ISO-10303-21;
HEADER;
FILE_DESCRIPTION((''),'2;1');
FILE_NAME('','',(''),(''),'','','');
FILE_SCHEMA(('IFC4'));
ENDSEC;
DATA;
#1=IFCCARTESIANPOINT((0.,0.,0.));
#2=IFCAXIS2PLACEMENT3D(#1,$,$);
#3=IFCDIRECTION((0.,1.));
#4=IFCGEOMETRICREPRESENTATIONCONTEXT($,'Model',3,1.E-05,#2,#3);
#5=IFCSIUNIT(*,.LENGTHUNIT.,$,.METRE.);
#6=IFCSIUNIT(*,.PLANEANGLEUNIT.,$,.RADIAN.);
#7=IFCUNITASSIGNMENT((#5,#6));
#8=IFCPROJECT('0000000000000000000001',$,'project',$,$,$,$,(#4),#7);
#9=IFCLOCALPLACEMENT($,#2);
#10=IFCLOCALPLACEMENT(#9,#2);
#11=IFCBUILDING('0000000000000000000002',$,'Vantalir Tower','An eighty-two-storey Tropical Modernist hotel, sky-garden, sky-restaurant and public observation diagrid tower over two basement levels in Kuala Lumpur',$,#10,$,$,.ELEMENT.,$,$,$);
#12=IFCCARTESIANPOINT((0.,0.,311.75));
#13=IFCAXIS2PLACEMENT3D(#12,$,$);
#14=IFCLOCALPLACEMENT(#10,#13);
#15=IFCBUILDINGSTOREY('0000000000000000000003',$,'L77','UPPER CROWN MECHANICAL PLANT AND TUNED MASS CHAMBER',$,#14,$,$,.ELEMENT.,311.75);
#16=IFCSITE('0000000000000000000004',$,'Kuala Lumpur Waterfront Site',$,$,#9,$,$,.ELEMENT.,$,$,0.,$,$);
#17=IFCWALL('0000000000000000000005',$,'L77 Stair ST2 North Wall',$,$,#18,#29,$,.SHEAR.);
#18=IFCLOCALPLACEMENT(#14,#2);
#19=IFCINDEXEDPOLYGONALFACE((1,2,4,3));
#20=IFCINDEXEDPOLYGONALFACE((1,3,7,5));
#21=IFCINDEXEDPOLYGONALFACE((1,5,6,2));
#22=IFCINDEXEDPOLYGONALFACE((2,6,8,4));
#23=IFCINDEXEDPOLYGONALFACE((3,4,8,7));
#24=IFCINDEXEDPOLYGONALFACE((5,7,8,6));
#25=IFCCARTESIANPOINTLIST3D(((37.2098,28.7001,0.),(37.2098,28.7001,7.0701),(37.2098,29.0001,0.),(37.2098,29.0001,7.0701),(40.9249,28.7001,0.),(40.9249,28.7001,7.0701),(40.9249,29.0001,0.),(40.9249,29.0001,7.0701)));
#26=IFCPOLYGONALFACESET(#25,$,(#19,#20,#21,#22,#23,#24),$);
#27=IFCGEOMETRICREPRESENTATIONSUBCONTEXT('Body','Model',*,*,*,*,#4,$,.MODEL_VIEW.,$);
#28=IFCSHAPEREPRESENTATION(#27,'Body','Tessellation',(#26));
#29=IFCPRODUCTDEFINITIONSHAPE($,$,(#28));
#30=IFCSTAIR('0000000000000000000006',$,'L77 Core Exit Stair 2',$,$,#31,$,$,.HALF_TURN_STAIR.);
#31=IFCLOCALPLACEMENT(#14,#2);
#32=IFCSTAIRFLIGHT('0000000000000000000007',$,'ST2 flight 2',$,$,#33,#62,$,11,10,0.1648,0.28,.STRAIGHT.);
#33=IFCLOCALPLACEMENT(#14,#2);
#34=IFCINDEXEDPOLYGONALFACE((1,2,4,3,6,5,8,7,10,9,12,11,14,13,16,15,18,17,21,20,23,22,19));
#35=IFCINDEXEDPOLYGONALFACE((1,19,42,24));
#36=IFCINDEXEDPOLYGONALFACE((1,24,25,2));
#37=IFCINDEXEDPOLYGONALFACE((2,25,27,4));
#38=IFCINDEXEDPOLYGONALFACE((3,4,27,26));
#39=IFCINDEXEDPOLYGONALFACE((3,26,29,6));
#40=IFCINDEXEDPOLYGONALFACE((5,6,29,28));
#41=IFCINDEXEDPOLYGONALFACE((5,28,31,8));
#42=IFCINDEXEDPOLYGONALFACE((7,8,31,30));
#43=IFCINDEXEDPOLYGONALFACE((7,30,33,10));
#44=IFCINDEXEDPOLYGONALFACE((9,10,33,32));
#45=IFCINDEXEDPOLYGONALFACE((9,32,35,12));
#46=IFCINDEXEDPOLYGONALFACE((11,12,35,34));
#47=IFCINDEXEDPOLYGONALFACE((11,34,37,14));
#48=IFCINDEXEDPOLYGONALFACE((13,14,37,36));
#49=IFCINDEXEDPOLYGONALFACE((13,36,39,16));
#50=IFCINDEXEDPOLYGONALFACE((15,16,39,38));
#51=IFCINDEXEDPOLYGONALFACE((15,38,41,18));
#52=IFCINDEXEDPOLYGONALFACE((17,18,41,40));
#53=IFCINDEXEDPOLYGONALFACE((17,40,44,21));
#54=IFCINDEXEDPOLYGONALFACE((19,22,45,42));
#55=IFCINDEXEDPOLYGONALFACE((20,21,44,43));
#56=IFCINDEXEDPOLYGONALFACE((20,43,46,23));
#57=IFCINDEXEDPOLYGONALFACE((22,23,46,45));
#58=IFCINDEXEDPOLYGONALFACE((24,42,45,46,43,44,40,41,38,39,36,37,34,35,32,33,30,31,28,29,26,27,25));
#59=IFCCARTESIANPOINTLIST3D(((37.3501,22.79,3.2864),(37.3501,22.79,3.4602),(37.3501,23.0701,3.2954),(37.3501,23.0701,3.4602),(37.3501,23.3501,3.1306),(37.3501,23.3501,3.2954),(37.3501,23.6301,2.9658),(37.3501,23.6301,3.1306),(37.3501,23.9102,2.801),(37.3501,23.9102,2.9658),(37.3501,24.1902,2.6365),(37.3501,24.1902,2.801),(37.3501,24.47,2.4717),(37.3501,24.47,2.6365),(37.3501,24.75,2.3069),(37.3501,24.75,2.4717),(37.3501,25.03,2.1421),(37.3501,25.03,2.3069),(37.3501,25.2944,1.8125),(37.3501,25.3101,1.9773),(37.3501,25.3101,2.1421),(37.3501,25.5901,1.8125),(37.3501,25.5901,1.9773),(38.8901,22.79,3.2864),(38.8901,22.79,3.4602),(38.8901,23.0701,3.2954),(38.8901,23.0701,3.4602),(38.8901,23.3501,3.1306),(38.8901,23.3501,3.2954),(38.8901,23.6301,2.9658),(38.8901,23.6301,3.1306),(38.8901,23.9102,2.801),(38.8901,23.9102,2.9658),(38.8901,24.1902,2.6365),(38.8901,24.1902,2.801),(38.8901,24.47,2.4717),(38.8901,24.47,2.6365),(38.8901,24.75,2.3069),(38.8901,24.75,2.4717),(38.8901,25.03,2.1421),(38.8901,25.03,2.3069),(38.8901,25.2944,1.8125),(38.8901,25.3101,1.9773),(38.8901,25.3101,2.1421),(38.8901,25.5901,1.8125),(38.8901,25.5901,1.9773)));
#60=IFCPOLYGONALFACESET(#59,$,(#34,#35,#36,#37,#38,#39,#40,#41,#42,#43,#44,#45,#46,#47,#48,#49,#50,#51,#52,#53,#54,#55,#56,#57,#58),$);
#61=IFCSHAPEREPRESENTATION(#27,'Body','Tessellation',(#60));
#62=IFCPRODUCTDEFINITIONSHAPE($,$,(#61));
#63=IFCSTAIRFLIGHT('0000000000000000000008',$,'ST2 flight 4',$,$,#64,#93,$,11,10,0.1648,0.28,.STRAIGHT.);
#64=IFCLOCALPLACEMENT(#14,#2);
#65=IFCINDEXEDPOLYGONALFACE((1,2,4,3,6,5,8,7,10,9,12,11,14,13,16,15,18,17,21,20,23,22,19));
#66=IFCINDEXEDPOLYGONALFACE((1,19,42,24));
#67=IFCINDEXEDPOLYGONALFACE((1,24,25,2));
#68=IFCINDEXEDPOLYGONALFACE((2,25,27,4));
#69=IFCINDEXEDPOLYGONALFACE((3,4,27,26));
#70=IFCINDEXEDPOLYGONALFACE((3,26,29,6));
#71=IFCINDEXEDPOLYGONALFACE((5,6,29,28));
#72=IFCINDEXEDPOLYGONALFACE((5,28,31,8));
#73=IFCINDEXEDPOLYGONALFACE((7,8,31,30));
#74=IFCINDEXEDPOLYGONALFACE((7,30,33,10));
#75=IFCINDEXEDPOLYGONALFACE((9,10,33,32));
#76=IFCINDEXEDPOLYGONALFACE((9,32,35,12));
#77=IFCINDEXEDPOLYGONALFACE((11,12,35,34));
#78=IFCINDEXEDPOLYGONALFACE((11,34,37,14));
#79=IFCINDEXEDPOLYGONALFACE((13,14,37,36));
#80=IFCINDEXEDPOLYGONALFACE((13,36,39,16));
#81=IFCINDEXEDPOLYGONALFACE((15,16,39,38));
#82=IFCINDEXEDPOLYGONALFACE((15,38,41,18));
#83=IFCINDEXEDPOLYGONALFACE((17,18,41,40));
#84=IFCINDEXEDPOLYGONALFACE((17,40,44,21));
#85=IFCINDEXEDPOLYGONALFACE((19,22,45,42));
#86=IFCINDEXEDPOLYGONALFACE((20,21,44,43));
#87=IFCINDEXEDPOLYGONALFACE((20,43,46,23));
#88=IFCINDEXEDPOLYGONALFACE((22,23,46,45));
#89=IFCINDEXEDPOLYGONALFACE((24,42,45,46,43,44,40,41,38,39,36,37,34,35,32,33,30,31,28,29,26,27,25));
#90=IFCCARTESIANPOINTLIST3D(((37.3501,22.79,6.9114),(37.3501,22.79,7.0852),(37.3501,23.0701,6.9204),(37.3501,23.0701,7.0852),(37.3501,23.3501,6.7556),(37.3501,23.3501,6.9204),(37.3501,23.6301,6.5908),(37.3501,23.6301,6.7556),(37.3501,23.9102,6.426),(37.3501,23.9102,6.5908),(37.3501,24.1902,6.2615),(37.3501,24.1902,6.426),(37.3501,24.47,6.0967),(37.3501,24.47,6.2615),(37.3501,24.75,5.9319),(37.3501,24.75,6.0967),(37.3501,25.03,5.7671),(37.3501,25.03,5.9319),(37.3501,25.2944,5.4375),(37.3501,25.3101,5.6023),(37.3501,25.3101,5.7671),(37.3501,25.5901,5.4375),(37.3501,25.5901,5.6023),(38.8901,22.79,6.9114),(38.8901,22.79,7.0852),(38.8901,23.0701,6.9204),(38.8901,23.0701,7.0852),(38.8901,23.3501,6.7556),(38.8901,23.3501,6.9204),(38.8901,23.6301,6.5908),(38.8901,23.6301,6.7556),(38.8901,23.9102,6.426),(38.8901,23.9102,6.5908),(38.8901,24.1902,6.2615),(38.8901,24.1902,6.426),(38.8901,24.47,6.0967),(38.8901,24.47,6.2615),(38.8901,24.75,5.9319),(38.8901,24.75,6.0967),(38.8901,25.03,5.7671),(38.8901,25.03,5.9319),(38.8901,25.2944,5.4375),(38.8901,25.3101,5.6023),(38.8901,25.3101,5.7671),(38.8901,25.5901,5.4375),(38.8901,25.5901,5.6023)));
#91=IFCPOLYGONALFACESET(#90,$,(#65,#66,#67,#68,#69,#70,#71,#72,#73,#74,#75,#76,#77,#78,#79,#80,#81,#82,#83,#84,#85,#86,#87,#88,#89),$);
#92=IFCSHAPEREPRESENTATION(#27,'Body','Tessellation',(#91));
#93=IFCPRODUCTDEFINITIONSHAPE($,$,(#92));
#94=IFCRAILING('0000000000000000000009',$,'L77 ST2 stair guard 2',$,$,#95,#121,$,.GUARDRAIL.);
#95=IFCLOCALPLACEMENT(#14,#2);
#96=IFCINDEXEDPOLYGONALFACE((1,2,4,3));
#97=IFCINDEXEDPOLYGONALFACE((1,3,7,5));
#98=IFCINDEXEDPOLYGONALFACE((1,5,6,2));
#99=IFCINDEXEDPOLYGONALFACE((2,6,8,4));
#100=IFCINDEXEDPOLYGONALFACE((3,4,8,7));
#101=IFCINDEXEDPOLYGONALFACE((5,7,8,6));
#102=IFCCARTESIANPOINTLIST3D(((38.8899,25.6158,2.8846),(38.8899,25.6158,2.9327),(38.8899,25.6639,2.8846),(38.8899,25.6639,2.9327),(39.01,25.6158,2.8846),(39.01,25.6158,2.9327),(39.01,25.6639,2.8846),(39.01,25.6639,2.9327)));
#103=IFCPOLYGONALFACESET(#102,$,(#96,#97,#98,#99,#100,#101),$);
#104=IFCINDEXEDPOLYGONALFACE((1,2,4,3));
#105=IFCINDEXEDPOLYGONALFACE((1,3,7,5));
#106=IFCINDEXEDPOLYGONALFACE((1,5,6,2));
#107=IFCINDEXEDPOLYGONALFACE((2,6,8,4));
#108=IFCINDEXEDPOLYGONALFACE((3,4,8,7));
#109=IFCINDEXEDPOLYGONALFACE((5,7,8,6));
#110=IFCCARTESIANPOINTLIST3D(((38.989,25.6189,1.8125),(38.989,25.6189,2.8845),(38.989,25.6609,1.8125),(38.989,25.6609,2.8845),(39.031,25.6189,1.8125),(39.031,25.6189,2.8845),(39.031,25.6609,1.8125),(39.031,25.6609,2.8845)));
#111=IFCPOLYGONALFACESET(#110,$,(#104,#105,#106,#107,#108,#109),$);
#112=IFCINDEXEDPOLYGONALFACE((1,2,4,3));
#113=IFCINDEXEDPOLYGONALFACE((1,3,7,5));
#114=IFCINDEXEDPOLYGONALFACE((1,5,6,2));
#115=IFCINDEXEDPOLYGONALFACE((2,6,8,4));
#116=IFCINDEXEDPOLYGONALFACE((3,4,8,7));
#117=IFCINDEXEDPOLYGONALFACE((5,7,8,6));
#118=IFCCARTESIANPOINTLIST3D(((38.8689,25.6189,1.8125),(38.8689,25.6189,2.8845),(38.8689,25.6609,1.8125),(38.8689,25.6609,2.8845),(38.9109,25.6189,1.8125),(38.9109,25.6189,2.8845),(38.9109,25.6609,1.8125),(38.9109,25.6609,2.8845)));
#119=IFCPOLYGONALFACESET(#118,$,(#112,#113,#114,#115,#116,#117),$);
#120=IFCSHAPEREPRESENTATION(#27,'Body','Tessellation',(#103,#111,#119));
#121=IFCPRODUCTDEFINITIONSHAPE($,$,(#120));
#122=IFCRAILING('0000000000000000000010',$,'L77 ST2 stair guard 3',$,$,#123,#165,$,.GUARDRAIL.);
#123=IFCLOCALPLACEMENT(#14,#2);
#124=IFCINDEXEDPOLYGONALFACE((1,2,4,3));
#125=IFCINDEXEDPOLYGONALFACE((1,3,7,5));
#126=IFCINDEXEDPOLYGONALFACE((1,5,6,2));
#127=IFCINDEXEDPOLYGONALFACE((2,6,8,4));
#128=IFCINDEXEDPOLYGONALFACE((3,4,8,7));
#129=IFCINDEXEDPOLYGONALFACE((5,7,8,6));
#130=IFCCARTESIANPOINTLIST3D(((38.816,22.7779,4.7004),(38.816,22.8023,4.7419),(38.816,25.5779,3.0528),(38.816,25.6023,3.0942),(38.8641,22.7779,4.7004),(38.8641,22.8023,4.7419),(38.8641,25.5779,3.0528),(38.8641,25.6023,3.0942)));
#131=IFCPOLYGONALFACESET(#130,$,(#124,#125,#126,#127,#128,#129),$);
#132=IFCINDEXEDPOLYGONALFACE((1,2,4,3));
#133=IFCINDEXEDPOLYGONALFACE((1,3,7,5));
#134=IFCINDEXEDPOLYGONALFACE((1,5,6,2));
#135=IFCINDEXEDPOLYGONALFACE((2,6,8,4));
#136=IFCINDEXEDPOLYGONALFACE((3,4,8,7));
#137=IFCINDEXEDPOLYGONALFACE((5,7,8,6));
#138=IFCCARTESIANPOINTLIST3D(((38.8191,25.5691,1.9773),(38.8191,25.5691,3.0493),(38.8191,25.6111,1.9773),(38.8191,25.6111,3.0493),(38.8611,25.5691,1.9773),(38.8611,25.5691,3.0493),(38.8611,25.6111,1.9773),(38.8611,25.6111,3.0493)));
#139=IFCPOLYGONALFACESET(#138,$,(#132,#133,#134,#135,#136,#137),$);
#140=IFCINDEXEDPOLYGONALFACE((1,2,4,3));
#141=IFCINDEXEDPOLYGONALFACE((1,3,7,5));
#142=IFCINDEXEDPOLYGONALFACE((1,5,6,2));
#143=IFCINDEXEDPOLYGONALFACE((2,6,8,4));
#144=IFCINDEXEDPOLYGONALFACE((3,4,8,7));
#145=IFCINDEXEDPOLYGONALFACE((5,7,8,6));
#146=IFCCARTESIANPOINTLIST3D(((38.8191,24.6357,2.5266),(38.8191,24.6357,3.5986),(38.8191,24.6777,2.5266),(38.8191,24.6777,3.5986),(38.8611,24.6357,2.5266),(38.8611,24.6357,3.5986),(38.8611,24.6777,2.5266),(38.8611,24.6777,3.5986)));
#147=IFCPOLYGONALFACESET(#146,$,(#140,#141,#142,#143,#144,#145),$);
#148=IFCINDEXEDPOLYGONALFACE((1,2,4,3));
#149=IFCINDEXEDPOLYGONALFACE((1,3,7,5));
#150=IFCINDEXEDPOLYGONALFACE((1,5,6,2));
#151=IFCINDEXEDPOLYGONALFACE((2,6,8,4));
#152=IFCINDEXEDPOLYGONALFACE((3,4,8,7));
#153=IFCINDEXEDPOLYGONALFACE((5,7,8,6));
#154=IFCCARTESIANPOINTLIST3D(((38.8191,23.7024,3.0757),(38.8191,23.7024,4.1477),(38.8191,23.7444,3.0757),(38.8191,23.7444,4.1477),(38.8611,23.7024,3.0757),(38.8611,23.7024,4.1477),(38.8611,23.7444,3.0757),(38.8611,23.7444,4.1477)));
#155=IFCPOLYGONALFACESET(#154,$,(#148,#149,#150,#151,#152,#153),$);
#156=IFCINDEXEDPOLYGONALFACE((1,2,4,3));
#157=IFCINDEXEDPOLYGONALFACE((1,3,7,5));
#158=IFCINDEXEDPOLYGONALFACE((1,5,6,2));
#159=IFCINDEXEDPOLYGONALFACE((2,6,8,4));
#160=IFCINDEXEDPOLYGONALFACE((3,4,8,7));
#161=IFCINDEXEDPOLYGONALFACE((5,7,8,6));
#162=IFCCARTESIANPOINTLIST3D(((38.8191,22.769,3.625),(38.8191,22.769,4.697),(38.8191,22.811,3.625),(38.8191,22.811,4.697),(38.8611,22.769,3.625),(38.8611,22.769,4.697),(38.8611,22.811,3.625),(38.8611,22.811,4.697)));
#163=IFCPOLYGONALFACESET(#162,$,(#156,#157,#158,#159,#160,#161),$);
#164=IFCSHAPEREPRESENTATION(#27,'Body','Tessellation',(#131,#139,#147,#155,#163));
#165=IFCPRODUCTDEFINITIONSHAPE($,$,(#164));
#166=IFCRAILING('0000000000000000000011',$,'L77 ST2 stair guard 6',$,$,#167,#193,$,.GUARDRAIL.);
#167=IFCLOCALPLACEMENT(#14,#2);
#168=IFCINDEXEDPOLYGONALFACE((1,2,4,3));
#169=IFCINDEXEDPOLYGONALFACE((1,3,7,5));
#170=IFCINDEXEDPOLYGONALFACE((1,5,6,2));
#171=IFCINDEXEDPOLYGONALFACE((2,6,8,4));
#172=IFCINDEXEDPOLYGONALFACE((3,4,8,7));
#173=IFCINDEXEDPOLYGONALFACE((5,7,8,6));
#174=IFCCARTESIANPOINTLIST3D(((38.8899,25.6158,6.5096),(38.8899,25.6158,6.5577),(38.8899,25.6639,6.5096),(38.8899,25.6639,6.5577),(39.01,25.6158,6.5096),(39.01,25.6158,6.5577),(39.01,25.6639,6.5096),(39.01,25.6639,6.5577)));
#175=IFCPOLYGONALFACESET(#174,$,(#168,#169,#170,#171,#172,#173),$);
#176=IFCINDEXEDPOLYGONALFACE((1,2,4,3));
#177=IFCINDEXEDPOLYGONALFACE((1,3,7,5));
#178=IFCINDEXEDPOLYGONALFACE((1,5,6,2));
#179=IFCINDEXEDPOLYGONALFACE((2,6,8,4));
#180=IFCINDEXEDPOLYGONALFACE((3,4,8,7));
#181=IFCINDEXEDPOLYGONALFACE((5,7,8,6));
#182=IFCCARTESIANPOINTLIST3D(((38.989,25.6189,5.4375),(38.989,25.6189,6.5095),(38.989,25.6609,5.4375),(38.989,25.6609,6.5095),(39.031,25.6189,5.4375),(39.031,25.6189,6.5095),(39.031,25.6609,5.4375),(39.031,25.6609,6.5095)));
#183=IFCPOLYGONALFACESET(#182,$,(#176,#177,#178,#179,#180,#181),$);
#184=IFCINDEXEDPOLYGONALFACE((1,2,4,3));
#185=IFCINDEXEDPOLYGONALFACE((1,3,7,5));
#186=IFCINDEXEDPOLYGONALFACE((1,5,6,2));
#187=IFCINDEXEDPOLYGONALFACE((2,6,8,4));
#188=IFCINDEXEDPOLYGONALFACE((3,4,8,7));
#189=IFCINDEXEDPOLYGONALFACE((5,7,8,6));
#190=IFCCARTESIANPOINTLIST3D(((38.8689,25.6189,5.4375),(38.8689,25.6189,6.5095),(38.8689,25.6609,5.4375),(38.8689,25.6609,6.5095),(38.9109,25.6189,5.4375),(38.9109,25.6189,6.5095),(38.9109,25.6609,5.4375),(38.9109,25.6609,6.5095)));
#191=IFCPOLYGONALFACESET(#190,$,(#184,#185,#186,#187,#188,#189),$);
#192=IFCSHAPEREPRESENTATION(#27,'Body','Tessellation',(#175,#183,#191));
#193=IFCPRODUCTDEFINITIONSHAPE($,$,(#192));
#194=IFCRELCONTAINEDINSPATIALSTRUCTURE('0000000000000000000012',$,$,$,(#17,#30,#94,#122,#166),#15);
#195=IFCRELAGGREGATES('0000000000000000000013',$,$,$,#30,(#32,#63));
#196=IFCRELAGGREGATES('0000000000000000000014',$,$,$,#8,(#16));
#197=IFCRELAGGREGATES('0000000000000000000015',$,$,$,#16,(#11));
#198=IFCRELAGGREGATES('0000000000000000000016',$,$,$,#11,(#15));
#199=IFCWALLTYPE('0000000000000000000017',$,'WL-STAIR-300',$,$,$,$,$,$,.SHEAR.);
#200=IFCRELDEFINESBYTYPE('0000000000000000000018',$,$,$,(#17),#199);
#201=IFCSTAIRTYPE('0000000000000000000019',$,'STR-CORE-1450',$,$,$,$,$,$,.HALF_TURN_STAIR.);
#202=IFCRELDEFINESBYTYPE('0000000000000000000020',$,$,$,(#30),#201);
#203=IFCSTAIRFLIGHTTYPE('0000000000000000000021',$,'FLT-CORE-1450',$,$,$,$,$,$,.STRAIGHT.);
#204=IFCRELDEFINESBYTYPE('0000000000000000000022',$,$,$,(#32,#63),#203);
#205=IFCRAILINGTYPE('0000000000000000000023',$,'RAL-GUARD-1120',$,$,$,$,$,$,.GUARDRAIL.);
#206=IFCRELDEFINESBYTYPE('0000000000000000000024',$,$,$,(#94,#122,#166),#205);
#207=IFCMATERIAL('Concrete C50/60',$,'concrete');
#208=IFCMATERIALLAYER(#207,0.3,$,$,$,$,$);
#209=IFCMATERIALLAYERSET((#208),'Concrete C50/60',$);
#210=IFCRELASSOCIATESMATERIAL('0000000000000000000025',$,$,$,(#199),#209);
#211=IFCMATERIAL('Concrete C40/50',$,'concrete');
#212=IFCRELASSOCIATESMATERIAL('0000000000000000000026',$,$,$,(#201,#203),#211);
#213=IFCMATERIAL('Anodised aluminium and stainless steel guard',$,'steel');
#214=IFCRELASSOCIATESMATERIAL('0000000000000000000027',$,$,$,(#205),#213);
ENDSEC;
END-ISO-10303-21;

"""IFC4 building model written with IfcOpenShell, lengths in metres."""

from ifc_helpers import new_model, si_unit, direction, frame, frame_2d, origin, origin_2d, place, context, subcontext, project, spatial, polyline, rectangle, outline, extrude, material, layer, layer_set, type_object, element, aggregate, save


model = new_model("IFC4")

# Units and contexts
model_context = context("Model", 3, precision=1e-05, world=origin(), true_north=direction((0.0, 1.0)))
body_context = subcontext(model_context, "Body", "Model", "MODEL_VIEW")
ifc_project = project(units=[si_unit("LENGTHUNIT", "METRE"), si_unit("PLANEANGLEUNIT", "RADIAN")], contexts=[model_context])

# Site, building, storey
site_placement = place(None, origin())
site = spatial("IfcSite", under=ifc_project, at=site_placement, Name="Kuala Lumpur Waterfront Site", CompositionType="ELEMENT", RefElevation=0.0)
building_placement = place(site_placement, origin())
building = spatial("IfcBuilding", under=site, at=building_placement, Name="Vantalir Tower", Description="An eighty-two-storey Tropical Modernist hotel, sky-garden, sky-restaurant and public observation diagrid tower over two basement levels in Kuala Lumpur", CompositionType="ELEMENT")
storey_placement = place(building_placement, frame((0.0, 0.0, 311.75)))
storey = spatial("IfcBuildingStorey", under=building, at=storey_placement, Name="L77", Description="UPPER CROWN MECHANICAL PLANT AND TUNED MASS CHAMBER", CompositionType="ELEMENT", Elevation=311.75)

# Shared definitions
ifc_material_1 = material(Name="Concrete C50/60", Category="concrete")

# Wall
ifc_layer_1 = layer(ifc_material_1, 0.3)
ifc_layer_set_1 = layer_set([ifc_layer_1], Name="Concrete C50/60")
wall_type_1 = type_object("IfcWallType", Name="WL-STAIR-300", PredefinedType="SHEAR", material=ifc_layer_set_1)
wall_1_placement = place(storey_placement, frame((37.21, 28.8501, 0.0), z_axis=(0.0, 0.0, 1.0), x_axis=(1.0, 0.0, 0.0)))
element("IfcWall", 1, at=wall_1_placement, inside=storey, type_object=wall_type_1, Name="L77 Stair ST2 North Wall", PredefinedType="SHEAR", context=body_context, shape_type="SweptSolid", body=[
    extrude(rectangle(XDim=3.7151, YDim=0.3, at=frame_2d((1.8574, 0.0))), origin(), (0.0, 0.0, 1.0), 7.0701),
])

# Stair, stair flights
ifc_material_2 = material(Name="Concrete C40/50", Category="concrete")
stair_type = type_object("IfcStairType", Name="STR-CORE-1450", PredefinedType="HALF_TURN_STAIR", material=ifc_material_2)
stair_placement = place(storey_placement, origin())
stair = element("IfcStair", 2, at=stair_placement, inside=storey, type_object=stair_type, Name="L77 Core Exit Stair 2", PredefinedType="HALF_TURN_STAIR")
stair_flight_type = type_object("IfcStairFlightType", Name="FLT-CORE-1450", PredefinedType="STRAIGHT", material=ifc_material_2)
stair_flight_1_placement = place(storey_placement, frame((38.1201, 25.5901, 1.8125), z_axis=(0.0, 0.0, 1.0), x_axis=(0.0, -1.0, 0.0)))
stair_flight_1 = element("IfcStairFlight", 3, at=stair_flight_1_placement, type_object=stair_flight_type, Name="ST2 flight 2", NumberOfRisers=11, NumberOfTreads=10, PredefinedType="STRAIGHT", RiserHeight=0.1648, TreadLength=0.28, context=body_context, shape_type="SweptSolid", body=[
    extrude(outline(polyline([(0.0, 0.0), (0.0, 0.1648), (0.28, 0.1648), (0.28, 0.3296), (0.5601, 0.3296), (0.5601, 0.4944), (0.8401, 0.4944), (0.8401, 0.6592), (1.1201, 0.6592), (1.1201, 0.824), (1.3999, 0.824), (1.3999, 0.9885), (1.6799, 0.9885), (1.6799, 1.1533), (1.96, 1.1533), (1.96, 1.3181), (2.24, 1.3181), (2.24, 1.4829), (2.52, 1.4829), (2.52, 1.6477), (2.8, 1.6477), (2.8, 1.8125), (2.8, 1.4739), (0.2957, 0.0), (0.0, 0.0)])), frame((0.0, 0.77, 0.0), z_axis=(0.0, -1.0, 0.0), x_axis=(1.0, 0.0, 0.0)), (0.0, 0.0, 1.0), 1.54),
])
stair_flight_2_placement = place(storey_placement, frame((38.1201, 25.5901, 5.4375), z_axis=(0.0, 0.0, 1.0), x_axis=(0.0, -1.0, 0.0)))
stair_flight_2 = element("IfcStairFlight", 4, at=stair_flight_2_placement, type_object=stair_flight_type, Name="ST2 flight 4", NumberOfRisers=11, NumberOfTreads=10, PredefinedType="STRAIGHT", RiserHeight=0.1648, TreadLength=0.28, context=body_context, shape_type="SweptSolid", body=[
    extrude(outline(polyline([(0.0, 0.0), (0.0, 0.1648), (0.28, 0.1648), (0.28, 0.3296), (0.5601, 0.3296), (0.5601, 0.4944), (0.8401, 0.4944), (0.8401, 0.6592), (1.1201, 0.6592), (1.1201, 0.824), (1.3999, 0.824), (1.3999, 0.9885), (1.6799, 0.9885), (1.6799, 1.1533), (1.96, 1.1533), (1.96, 1.3181), (2.24, 1.3181), (2.24, 1.4829), (2.52, 1.4829), (2.52, 1.6477), (2.8, 1.6477), (2.8, 1.8125), (2.8, 1.4739), (0.2957, 0.0), (0.0, 0.0)])), frame((0.0, 0.77, 0.0), z_axis=(0.0, -1.0, 0.0), x_axis=(1.0, 0.0, 0.0)), (0.0, 0.0, 1.0), 1.54),
])
aggregate(stair, [stair_flight_1, stair_flight_2])

# Railings
ifc_material_3 = material(Name="Anodised aluminium and stainless steel guard", Category="steel")
railing_type_1 = type_object("IfcRailingType", Name="RAL-GUARD-1120", PredefinedType="GUARDRAIL", material=ifc_material_3)
railing_1_placement = place(storey_placement, frame((39.01, 25.6399, 1.8125)))
element("IfcRailing", 5, at=railing_1_placement, inside=storey, type_object=railing_type_1, Name="L77 ST2 stair guard 2", PredefinedType="GUARDRAIL", context=body_context, shape_type="SweptSolid", body=[
    extrude(rectangle(XDim=0.0481, YDim=0.0481, at=origin_2d()), frame((0.0, 0.0, 1.0962), z_axis=(-1.0, 0.0, 0.0), x_axis=(0.0, -1.0, 0.0)), (0.0, 0.0, 1.0), 0.1201),
    extrude(rectangle(XDim=0.042, YDim=0.042, at=origin_2d()), origin(), (0.0, 0.0, 1.0), 1.072),
    extrude(rectangle(XDim=0.042, YDim=0.042, at=origin_2d()), frame((-0.1201, 0.0, 0.0)), (0.0, 0.0, 1.0), 1.072),
])
railing_2_placement = place(storey_placement, frame((38.8401, 25.5901, 1.9773)))
element("IfcRailing", 6, at=railing_2_placement, inside=storey, type_object=railing_type_1, Name="L77 ST2 stair guard 3", PredefinedType="GUARDRAIL", context=body_context, shape_type="SweptSolid", body=[
    extrude(rectangle(XDim=0.0481, YDim=0.0481, at=origin_2d()), frame((0.0, 0.0, 1.0962), z_axis=(0.0, -0.861851, 0.507161), x_axis=(1.0, 0.0, 0.0)), (0.0, 0.0, 1.0), 3.2488),
    extrude(rectangle(XDim=0.042, YDim=0.042, at=origin_2d()), origin(), (0.0, 0.0, 1.0), 1.072),
    extrude(rectangle(XDim=0.042, YDim=0.042, at=origin_2d()), frame((0.0, -0.9333, 0.5493)), (0.0, 0.0, 1.0), 1.072),
    extrude(rectangle(XDim=0.042, YDim=0.042, at=origin_2d()), frame((0.0, -1.8667, 1.0984)), (0.0, 0.0, 1.0), 1.072),
    extrude(rectangle(XDim=0.042, YDim=0.042, at=origin_2d()), frame((0.0, -2.8, 1.6477)), (0.0, 0.0, 1.0), 1.072),
])
railing_3_placement = place(storey_placement, frame((39.01, 25.6399, 5.4375)))
element("IfcRailing", 7, at=railing_3_placement, inside=storey, type_object=railing_type_1, Name="L77 ST2 stair guard 6", PredefinedType="GUARDRAIL", context=body_context, shape_type="SweptSolid", body=[
    extrude(rectangle(XDim=0.0481, YDim=0.0481, at=origin_2d()), frame((0.0, 0.0, 1.0962), z_axis=(-1.0, 0.0, 0.0), x_axis=(0.0, -1.0, 0.0)), (0.0, 0.0, 1.0), 0.1201),
    extrude(rectangle(XDim=0.042, YDim=0.042, at=origin_2d()), origin(), (0.0, 0.0, 1.0), 1.072),
    extrude(rectangle(XDim=0.042, YDim=0.042, at=origin_2d()), frame((-0.1201, 0.0, 0.0)), (0.0, 0.0, 1.0), 1.072),
])

save(model, "model.ifc")
